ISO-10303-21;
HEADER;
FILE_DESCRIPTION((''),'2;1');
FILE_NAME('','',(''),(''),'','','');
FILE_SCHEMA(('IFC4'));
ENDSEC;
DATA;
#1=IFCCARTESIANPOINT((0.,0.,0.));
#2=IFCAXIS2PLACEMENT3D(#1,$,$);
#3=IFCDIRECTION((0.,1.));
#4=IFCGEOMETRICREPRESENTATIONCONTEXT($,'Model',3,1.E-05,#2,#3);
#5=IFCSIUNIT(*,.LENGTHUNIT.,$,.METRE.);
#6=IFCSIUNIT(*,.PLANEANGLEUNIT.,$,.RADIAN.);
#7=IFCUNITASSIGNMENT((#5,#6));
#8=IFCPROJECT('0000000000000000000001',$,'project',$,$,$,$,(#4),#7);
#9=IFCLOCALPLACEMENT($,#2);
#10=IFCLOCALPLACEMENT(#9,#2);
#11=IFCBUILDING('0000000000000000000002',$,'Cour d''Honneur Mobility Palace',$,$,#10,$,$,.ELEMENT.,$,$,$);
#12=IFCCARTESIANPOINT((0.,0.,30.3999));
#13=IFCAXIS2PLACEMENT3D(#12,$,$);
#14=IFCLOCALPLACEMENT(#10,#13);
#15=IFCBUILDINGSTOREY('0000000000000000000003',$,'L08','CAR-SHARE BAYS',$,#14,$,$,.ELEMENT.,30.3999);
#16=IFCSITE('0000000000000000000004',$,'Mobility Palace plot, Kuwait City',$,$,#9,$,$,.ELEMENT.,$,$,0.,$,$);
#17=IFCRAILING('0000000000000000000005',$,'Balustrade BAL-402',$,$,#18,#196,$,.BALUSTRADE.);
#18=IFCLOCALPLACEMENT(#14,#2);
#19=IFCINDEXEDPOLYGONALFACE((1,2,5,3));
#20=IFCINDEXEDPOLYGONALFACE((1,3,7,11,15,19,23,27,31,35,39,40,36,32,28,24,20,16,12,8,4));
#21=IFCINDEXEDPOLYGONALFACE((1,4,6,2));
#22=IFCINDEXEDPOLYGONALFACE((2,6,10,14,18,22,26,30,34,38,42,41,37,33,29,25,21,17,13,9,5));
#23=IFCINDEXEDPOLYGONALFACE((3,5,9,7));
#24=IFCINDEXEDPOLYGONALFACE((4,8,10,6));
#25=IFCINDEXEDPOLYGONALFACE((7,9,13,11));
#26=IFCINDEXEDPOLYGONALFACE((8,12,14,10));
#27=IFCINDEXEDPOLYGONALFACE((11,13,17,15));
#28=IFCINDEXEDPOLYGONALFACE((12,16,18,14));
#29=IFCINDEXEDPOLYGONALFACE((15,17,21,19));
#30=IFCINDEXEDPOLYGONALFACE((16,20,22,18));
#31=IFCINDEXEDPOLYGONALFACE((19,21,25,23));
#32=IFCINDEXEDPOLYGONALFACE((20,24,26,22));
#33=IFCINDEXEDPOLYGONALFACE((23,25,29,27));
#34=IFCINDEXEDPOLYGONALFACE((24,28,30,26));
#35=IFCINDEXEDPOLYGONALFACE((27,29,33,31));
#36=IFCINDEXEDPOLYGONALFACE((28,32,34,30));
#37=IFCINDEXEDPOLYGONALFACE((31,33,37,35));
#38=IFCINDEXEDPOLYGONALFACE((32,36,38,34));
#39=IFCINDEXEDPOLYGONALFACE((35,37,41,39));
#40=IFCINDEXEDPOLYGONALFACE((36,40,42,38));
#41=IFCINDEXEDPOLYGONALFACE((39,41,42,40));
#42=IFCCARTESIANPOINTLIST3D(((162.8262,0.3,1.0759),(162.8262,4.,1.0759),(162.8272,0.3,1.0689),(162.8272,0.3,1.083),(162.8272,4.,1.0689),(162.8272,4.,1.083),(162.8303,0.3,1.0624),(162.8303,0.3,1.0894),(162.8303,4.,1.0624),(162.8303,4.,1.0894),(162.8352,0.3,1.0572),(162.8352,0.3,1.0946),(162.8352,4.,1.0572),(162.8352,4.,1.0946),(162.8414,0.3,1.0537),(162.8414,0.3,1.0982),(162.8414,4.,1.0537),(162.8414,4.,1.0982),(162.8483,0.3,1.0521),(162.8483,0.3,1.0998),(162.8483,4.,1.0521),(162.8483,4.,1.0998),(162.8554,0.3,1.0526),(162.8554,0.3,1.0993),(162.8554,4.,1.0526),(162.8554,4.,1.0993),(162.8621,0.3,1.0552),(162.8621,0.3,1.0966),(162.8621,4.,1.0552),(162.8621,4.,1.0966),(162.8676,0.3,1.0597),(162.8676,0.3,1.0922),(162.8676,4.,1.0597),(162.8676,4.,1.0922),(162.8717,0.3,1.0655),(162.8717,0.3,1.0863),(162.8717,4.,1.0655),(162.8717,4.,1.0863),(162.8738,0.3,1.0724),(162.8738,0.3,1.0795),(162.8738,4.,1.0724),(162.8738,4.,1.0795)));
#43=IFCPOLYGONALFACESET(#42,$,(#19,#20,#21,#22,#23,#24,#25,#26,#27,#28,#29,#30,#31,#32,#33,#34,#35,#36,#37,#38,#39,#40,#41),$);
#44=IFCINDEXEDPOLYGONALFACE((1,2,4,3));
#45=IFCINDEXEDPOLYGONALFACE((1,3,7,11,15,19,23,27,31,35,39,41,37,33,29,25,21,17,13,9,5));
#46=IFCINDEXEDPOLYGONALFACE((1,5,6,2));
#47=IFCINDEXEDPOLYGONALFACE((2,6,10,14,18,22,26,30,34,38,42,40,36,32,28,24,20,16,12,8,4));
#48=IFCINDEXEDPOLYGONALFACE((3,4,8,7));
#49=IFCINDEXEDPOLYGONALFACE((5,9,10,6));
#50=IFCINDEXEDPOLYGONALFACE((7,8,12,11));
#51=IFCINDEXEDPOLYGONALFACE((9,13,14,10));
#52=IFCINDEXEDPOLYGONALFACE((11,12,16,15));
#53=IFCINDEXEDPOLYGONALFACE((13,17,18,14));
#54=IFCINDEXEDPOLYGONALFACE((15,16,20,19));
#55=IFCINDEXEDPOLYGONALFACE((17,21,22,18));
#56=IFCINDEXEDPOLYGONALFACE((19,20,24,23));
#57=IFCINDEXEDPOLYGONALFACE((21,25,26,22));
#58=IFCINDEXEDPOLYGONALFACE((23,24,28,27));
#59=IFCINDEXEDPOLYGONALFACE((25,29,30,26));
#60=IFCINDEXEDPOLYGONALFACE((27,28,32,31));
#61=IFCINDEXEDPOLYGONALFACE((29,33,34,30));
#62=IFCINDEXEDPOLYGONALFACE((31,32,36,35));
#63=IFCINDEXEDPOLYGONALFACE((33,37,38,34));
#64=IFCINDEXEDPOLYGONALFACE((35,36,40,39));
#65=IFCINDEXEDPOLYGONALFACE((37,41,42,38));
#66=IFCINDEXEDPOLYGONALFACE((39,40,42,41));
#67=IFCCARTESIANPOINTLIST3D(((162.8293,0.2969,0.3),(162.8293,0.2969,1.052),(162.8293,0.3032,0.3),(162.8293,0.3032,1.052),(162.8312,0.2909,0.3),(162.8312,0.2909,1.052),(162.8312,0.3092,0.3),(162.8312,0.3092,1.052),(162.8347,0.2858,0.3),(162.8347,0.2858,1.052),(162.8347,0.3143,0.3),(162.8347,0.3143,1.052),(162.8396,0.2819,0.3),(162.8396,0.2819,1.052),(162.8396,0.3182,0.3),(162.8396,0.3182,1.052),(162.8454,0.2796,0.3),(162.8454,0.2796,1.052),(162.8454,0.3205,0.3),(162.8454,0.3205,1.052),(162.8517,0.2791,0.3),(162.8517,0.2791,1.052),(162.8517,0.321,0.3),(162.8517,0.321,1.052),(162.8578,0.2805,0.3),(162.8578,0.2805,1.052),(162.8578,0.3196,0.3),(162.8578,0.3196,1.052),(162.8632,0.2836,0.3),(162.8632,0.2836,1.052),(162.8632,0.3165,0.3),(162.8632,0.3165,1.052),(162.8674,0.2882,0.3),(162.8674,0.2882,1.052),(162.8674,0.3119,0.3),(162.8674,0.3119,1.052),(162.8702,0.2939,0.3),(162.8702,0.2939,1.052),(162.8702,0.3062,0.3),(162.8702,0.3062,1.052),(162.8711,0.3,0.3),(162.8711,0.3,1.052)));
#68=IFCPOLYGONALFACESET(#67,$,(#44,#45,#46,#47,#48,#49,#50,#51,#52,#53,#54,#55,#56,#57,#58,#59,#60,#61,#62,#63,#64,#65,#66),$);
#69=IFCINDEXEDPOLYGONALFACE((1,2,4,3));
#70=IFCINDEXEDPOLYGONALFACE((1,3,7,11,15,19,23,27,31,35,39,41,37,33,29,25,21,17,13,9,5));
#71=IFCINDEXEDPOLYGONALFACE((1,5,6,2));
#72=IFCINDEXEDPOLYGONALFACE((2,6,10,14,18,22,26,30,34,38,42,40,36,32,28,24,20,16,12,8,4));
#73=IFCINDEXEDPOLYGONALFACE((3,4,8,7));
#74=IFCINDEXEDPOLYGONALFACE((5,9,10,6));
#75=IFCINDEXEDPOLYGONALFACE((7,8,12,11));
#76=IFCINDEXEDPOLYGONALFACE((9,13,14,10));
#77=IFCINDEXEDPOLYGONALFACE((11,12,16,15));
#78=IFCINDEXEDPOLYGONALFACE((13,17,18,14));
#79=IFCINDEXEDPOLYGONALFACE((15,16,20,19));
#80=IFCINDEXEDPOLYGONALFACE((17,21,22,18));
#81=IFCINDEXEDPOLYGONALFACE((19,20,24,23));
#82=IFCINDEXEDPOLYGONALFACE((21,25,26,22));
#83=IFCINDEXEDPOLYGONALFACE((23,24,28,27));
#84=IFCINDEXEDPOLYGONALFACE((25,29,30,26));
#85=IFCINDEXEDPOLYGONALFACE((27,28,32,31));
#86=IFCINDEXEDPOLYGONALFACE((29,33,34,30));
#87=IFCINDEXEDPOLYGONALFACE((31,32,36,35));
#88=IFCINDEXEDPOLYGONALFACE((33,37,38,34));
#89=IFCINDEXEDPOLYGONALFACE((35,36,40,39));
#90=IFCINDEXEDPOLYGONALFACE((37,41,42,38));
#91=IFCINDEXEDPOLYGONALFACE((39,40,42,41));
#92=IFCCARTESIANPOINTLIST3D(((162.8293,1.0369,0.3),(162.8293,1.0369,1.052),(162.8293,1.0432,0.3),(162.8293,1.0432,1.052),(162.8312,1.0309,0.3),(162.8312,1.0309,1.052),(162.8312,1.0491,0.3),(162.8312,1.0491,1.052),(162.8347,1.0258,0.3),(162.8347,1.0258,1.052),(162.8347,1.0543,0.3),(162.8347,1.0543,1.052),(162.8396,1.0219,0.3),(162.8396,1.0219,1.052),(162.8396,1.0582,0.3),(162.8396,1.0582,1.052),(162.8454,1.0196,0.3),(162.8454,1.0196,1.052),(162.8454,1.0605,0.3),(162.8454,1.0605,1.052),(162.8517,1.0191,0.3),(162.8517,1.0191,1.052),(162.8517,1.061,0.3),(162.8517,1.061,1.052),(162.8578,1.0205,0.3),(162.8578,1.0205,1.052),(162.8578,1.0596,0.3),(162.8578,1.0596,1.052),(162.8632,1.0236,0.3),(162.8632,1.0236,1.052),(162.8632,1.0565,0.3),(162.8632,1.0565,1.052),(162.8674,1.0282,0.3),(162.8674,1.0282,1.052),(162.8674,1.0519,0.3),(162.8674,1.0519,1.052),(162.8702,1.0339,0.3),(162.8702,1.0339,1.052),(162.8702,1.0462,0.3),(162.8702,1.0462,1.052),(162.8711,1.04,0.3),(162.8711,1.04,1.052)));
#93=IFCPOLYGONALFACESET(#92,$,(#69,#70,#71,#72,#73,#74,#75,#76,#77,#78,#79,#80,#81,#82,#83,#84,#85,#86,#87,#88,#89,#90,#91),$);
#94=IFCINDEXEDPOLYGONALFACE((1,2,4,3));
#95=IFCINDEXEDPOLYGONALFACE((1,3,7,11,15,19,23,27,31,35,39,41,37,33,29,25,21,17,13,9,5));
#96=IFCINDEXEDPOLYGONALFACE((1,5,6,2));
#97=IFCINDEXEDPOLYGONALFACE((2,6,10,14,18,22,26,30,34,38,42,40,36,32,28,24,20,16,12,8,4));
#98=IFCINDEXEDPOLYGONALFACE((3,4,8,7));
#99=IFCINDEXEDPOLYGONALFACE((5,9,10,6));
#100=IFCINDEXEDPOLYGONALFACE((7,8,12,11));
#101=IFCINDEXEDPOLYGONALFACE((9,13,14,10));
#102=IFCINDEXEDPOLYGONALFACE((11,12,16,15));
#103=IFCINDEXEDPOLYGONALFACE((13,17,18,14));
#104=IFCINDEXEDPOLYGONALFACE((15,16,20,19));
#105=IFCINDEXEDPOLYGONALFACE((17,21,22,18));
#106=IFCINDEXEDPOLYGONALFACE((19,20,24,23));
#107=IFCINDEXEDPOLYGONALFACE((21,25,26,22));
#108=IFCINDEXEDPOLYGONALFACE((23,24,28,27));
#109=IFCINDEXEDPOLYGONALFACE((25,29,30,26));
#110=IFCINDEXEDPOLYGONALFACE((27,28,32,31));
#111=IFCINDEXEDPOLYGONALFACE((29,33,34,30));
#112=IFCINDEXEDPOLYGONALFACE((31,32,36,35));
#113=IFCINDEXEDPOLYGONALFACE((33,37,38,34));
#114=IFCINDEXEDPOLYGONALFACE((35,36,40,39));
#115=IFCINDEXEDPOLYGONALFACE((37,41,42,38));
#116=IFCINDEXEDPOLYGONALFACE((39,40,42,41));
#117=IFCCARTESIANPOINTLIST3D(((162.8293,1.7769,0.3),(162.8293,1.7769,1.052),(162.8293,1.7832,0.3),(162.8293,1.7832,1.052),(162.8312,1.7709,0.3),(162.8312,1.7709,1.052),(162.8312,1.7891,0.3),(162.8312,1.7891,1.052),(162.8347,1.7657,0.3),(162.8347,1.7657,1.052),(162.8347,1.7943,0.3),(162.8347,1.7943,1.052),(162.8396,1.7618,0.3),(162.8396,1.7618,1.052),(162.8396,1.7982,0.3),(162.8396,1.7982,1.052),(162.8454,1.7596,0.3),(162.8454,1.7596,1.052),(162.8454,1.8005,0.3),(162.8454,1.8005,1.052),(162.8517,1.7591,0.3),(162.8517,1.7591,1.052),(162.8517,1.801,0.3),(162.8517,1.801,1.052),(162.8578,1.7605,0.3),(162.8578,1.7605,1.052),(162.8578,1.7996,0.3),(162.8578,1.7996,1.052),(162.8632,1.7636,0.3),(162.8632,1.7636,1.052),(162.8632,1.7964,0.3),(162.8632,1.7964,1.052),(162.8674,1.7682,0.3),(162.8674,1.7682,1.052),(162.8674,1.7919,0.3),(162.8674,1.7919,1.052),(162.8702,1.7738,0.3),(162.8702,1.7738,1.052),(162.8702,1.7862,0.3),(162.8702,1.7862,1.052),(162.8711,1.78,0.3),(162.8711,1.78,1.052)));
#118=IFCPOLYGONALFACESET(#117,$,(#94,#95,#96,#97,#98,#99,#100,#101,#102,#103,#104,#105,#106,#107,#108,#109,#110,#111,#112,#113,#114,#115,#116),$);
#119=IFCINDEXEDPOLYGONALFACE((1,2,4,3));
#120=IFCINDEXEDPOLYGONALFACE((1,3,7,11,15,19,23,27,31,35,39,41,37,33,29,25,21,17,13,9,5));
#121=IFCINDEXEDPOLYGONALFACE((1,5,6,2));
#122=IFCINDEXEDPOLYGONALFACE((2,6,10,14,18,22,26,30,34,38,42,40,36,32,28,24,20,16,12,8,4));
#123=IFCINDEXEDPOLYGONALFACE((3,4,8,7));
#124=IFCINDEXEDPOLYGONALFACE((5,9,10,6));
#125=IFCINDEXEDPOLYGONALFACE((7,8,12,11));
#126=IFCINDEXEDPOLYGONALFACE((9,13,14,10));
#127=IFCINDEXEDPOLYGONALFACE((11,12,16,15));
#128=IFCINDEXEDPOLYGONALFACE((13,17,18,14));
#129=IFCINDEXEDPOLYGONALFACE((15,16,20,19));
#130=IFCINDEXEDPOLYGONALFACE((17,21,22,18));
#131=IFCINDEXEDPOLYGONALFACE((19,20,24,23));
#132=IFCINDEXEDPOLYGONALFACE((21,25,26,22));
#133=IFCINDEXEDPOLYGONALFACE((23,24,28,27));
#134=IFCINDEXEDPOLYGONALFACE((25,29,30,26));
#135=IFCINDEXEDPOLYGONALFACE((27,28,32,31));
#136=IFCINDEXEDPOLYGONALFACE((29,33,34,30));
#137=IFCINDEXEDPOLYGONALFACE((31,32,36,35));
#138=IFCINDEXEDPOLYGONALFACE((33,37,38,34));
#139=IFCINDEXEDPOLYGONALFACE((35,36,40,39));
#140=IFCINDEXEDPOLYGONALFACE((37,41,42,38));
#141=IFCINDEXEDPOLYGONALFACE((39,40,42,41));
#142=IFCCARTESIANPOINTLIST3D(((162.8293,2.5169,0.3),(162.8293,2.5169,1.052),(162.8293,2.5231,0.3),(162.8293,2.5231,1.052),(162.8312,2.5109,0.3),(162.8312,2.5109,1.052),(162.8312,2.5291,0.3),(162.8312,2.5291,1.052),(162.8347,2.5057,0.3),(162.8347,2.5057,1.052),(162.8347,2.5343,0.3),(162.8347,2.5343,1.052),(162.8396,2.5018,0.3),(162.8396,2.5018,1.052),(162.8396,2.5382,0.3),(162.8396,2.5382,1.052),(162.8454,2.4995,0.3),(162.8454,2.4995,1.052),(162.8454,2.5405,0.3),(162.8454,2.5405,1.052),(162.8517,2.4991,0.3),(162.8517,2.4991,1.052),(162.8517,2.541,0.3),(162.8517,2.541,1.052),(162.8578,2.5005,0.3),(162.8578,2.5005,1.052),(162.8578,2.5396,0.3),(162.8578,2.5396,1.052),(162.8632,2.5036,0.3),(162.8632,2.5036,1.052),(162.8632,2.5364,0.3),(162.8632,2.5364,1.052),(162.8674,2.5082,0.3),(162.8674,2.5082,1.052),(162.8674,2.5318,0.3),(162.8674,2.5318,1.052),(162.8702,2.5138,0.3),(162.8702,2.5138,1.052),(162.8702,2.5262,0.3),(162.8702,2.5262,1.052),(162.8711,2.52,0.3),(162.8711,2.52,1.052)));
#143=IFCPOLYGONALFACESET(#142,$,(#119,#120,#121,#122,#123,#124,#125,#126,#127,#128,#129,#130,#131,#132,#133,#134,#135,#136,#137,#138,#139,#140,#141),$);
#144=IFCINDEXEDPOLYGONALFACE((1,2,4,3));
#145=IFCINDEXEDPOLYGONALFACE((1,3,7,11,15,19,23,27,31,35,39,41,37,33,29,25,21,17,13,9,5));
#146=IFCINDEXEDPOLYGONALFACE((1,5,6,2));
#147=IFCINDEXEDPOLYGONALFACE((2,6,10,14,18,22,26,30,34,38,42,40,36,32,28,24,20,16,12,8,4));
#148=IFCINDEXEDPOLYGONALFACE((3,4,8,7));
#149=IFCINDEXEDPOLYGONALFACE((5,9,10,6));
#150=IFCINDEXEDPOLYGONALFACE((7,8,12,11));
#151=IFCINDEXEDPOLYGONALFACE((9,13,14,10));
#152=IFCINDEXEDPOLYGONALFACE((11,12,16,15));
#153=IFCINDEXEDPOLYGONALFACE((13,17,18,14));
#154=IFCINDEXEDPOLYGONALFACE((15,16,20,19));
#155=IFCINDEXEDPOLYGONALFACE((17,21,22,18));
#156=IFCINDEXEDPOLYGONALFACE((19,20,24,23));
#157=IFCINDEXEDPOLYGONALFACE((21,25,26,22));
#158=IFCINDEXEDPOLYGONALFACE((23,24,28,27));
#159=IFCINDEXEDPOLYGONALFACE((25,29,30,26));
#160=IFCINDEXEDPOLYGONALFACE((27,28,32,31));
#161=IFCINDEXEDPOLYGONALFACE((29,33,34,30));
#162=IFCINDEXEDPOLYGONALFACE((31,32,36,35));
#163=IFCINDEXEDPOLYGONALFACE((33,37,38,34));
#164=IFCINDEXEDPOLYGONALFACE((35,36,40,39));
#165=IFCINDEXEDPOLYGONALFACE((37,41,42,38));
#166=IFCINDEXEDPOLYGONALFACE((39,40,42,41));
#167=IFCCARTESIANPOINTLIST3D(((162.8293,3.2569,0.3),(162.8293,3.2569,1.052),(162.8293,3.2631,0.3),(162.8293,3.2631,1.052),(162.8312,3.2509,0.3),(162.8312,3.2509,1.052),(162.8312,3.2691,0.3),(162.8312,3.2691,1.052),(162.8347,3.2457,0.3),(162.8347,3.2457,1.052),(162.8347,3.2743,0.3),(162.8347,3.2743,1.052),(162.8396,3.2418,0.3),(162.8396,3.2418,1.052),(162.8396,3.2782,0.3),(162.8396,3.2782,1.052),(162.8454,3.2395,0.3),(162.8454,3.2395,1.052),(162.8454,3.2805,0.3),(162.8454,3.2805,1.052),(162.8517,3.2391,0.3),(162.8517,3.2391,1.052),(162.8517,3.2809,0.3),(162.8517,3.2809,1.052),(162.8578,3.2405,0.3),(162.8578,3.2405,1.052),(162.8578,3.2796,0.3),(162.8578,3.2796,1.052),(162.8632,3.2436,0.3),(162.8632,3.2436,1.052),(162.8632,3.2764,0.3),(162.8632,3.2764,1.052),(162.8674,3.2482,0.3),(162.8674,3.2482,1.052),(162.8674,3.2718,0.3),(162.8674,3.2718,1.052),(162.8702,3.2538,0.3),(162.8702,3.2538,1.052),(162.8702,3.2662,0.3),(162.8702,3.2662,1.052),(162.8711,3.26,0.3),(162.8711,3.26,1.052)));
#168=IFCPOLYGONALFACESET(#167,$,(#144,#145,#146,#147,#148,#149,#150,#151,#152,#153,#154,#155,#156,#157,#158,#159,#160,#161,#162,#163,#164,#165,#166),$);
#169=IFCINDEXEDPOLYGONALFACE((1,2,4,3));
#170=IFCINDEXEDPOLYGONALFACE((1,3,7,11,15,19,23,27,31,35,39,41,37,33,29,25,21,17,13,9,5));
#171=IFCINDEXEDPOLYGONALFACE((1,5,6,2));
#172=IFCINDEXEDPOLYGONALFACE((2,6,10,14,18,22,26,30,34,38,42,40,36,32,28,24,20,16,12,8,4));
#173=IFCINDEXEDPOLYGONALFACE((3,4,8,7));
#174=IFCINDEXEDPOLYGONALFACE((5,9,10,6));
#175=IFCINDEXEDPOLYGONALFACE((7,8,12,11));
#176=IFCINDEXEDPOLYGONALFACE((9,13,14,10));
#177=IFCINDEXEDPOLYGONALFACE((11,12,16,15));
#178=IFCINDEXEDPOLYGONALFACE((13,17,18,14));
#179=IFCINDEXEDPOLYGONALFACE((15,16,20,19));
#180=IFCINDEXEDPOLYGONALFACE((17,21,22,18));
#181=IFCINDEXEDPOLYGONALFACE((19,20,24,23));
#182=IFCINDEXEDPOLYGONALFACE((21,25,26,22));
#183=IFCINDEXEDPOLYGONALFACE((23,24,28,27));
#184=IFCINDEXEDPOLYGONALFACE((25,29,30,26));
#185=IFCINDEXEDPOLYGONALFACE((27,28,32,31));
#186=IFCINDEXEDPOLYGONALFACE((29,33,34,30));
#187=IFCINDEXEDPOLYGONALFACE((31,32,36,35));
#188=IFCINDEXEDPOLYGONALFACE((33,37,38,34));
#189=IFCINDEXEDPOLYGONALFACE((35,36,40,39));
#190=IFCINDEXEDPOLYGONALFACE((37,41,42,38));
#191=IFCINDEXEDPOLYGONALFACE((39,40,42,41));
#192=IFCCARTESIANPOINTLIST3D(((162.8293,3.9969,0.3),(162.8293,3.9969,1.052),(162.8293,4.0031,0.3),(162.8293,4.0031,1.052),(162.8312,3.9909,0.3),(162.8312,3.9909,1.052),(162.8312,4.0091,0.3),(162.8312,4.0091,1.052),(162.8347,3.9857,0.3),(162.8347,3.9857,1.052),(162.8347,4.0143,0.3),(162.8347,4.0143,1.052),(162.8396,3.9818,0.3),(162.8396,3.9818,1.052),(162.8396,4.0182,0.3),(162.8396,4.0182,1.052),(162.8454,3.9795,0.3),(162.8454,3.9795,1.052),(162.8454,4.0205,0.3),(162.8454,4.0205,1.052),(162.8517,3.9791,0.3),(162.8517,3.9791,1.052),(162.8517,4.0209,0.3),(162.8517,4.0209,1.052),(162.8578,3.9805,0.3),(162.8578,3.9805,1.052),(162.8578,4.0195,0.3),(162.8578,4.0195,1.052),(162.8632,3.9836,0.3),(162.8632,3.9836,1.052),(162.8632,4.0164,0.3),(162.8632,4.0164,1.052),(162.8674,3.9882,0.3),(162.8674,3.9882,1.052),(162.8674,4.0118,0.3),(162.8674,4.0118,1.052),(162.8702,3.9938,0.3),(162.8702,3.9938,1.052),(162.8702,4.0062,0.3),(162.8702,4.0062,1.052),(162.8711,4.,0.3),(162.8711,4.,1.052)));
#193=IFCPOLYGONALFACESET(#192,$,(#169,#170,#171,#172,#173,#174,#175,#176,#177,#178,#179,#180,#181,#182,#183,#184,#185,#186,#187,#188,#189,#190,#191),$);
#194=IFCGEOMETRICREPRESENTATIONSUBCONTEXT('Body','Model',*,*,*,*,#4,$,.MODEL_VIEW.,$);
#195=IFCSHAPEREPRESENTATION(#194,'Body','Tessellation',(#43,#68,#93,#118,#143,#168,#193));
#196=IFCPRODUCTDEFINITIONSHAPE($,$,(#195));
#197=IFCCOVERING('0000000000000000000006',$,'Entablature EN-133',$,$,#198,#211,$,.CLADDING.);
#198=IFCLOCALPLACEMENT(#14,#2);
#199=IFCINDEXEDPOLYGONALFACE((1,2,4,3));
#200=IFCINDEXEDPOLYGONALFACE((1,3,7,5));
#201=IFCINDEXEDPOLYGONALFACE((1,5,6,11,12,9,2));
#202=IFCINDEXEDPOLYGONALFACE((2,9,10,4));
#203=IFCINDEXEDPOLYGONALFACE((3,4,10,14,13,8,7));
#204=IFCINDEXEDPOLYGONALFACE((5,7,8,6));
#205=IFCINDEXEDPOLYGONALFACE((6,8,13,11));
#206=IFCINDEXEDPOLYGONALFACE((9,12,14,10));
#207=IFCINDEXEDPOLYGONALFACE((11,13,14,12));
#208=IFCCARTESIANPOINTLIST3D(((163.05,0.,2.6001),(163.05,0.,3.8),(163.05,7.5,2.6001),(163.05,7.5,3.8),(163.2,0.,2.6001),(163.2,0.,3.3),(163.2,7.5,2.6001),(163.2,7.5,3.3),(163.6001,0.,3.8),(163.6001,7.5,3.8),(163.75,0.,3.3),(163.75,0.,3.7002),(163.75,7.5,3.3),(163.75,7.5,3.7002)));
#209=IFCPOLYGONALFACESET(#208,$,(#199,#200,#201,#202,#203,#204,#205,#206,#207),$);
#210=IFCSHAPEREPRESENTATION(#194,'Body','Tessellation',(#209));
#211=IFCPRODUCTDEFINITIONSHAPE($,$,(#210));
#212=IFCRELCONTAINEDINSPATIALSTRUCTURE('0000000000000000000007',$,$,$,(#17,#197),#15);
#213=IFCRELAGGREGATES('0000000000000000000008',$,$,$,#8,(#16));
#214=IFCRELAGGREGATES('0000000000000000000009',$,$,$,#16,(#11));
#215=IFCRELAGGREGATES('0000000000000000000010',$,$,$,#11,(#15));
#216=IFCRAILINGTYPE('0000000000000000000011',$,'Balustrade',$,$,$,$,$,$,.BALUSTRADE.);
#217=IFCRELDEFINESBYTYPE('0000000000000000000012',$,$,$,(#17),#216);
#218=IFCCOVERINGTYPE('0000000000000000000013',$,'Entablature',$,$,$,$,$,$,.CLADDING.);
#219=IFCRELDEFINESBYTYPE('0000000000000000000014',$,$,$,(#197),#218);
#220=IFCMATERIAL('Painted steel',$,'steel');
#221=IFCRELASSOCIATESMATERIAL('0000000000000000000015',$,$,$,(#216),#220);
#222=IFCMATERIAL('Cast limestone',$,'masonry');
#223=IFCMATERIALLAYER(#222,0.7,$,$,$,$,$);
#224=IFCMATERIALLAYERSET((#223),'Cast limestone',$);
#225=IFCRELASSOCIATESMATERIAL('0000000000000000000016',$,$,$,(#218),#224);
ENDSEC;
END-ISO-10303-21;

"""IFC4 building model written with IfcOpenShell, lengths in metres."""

from ifc_helpers import new_model, si_unit, direction, frame, origin, origin_2d, place, context, subcontext, project, spatial, polyline, circle, outline, extrude, material, layer, layer_set, type_object, element, save


model = new_model("IFC4")

# Units and contexts
model_context = context("Model", 3, precision=1e-05, world=origin(), true_north=direction((0.0, 1.0)))
body_context = subcontext(model_context, "Body", "Model", "MODEL_VIEW")
ifc_project = project(units=[si_unit("LENGTHUNIT", "METRE"), si_unit("PLANEANGLEUNIT", "RADIAN")], contexts=[model_context])

# Site, building, storey
site_placement = place(None, origin())
site = spatial("IfcSite", under=ifc_project, at=site_placement, Name="Mobility Palace plot, Kuwait City", CompositionType="ELEMENT", RefElevation=0.0)
building_placement = place(site_placement, origin())
building = spatial("IfcBuilding", under=site, at=building_placement, Name="Cour d'Honneur Mobility Palace", CompositionType="ELEMENT")
storey_placement = place(building_placement, frame((0.0, 0.0, 30.3999)))
storey = spatial("IfcBuildingStorey", under=building, at=storey_placement, Name="L08", Description="CAR-SHARE BAYS", CompositionType="ELEMENT", Elevation=30.3999)

# Railing
ifc_material_1 = material(Name="Painted steel", Category="steel")
railing_type_1 = type_object("IfcRailingType", Name="Balustrade", PredefinedType="BALUSTRADE", material=ifc_material_1)
railing_1_placement = place(storey_placement, frame((162.8501, 0.3, 0.3)))
element("IfcRailing", 1, at=railing_1_placement, inside=storey, type_object=railing_type_1, Name="Balustrade BAL-402", PredefinedType="BALUSTRADE", context=body_context, shape_type="SweptSolid", body=[
    extrude(circle(Radius=0.0239, at=origin_2d()), frame((0.0, 0.0, 0.7759), z_axis=(0.0, 1.0, 0.0), x_axis=(-1.0, 0.0, 0.0)), (0.0, 0.0, 1.0), 3.7),
    extrude(circle(Radius=0.021, at=origin_2d()), origin(), (0.0, 0.0, 1.0), 0.752),
    extrude(circle(Radius=0.021, at=origin_2d()), frame((0.0, 0.74, 0.0)), (0.0, 0.0, 1.0), 0.752),
    extrude(circle(Radius=0.021, at=origin_2d()), frame((0.0, 1.48, 0.0)), (0.0, 0.0, 1.0), 0.752),
    extrude(circle(Radius=0.021, at=origin_2d()), frame((0.0, 2.22, 0.0)), (0.0, 0.0, 1.0), 0.752),
    extrude(circle(Radius=0.021, at=origin_2d()), frame((0.0, 2.96, 0.0)), (0.0, 0.0, 1.0), 0.752),
    extrude(circle(Radius=0.021, at=origin_2d()), frame((0.0, 3.7, 0.0)), (0.0, 0.0, 1.0), 0.752),
])

# Covering
ifc_material_2 = material(Name="Cast limestone", Category="masonry")
ifc_layer_1 = layer(ifc_material_2, 0.7)
ifc_layer_set_1 = layer_set([ifc_layer_1], Name="Cast limestone")
covering_type_1 = type_object("IfcCoveringType", Name="Entablature", PredefinedType="CLADDING", material=ifc_layer_set_1)
for number, where, z_axis, x_axis, name in (
    (2, (163.05, 0.0, 2.6001), (0.0, -1.0, 0.0), (1.0, 0.0, 0.0), "Entablature EN-133"),
):
    element("IfcCovering", number, at=place(storey_placement, frame(where, z_axis=z_axis, x_axis=x_axis)), inside=storey, type_object=covering_type_1, Name=name, PredefinedType="CLADDING", context=body_context, shape_type="SweptSolid", body=[
        extrude(outline(polyline([(0.0, 0.0), (0.1499, 0.0), (0.1499, 0.7), (0.7, 0.7), (0.7, 1.1001), (0.55, 1.2), (0.0, 1.2), (0.0, 0.0)])), origin(), (0.0, 0.0, -1.0), 7.5),
    ])

save(model, "model.ifc")
